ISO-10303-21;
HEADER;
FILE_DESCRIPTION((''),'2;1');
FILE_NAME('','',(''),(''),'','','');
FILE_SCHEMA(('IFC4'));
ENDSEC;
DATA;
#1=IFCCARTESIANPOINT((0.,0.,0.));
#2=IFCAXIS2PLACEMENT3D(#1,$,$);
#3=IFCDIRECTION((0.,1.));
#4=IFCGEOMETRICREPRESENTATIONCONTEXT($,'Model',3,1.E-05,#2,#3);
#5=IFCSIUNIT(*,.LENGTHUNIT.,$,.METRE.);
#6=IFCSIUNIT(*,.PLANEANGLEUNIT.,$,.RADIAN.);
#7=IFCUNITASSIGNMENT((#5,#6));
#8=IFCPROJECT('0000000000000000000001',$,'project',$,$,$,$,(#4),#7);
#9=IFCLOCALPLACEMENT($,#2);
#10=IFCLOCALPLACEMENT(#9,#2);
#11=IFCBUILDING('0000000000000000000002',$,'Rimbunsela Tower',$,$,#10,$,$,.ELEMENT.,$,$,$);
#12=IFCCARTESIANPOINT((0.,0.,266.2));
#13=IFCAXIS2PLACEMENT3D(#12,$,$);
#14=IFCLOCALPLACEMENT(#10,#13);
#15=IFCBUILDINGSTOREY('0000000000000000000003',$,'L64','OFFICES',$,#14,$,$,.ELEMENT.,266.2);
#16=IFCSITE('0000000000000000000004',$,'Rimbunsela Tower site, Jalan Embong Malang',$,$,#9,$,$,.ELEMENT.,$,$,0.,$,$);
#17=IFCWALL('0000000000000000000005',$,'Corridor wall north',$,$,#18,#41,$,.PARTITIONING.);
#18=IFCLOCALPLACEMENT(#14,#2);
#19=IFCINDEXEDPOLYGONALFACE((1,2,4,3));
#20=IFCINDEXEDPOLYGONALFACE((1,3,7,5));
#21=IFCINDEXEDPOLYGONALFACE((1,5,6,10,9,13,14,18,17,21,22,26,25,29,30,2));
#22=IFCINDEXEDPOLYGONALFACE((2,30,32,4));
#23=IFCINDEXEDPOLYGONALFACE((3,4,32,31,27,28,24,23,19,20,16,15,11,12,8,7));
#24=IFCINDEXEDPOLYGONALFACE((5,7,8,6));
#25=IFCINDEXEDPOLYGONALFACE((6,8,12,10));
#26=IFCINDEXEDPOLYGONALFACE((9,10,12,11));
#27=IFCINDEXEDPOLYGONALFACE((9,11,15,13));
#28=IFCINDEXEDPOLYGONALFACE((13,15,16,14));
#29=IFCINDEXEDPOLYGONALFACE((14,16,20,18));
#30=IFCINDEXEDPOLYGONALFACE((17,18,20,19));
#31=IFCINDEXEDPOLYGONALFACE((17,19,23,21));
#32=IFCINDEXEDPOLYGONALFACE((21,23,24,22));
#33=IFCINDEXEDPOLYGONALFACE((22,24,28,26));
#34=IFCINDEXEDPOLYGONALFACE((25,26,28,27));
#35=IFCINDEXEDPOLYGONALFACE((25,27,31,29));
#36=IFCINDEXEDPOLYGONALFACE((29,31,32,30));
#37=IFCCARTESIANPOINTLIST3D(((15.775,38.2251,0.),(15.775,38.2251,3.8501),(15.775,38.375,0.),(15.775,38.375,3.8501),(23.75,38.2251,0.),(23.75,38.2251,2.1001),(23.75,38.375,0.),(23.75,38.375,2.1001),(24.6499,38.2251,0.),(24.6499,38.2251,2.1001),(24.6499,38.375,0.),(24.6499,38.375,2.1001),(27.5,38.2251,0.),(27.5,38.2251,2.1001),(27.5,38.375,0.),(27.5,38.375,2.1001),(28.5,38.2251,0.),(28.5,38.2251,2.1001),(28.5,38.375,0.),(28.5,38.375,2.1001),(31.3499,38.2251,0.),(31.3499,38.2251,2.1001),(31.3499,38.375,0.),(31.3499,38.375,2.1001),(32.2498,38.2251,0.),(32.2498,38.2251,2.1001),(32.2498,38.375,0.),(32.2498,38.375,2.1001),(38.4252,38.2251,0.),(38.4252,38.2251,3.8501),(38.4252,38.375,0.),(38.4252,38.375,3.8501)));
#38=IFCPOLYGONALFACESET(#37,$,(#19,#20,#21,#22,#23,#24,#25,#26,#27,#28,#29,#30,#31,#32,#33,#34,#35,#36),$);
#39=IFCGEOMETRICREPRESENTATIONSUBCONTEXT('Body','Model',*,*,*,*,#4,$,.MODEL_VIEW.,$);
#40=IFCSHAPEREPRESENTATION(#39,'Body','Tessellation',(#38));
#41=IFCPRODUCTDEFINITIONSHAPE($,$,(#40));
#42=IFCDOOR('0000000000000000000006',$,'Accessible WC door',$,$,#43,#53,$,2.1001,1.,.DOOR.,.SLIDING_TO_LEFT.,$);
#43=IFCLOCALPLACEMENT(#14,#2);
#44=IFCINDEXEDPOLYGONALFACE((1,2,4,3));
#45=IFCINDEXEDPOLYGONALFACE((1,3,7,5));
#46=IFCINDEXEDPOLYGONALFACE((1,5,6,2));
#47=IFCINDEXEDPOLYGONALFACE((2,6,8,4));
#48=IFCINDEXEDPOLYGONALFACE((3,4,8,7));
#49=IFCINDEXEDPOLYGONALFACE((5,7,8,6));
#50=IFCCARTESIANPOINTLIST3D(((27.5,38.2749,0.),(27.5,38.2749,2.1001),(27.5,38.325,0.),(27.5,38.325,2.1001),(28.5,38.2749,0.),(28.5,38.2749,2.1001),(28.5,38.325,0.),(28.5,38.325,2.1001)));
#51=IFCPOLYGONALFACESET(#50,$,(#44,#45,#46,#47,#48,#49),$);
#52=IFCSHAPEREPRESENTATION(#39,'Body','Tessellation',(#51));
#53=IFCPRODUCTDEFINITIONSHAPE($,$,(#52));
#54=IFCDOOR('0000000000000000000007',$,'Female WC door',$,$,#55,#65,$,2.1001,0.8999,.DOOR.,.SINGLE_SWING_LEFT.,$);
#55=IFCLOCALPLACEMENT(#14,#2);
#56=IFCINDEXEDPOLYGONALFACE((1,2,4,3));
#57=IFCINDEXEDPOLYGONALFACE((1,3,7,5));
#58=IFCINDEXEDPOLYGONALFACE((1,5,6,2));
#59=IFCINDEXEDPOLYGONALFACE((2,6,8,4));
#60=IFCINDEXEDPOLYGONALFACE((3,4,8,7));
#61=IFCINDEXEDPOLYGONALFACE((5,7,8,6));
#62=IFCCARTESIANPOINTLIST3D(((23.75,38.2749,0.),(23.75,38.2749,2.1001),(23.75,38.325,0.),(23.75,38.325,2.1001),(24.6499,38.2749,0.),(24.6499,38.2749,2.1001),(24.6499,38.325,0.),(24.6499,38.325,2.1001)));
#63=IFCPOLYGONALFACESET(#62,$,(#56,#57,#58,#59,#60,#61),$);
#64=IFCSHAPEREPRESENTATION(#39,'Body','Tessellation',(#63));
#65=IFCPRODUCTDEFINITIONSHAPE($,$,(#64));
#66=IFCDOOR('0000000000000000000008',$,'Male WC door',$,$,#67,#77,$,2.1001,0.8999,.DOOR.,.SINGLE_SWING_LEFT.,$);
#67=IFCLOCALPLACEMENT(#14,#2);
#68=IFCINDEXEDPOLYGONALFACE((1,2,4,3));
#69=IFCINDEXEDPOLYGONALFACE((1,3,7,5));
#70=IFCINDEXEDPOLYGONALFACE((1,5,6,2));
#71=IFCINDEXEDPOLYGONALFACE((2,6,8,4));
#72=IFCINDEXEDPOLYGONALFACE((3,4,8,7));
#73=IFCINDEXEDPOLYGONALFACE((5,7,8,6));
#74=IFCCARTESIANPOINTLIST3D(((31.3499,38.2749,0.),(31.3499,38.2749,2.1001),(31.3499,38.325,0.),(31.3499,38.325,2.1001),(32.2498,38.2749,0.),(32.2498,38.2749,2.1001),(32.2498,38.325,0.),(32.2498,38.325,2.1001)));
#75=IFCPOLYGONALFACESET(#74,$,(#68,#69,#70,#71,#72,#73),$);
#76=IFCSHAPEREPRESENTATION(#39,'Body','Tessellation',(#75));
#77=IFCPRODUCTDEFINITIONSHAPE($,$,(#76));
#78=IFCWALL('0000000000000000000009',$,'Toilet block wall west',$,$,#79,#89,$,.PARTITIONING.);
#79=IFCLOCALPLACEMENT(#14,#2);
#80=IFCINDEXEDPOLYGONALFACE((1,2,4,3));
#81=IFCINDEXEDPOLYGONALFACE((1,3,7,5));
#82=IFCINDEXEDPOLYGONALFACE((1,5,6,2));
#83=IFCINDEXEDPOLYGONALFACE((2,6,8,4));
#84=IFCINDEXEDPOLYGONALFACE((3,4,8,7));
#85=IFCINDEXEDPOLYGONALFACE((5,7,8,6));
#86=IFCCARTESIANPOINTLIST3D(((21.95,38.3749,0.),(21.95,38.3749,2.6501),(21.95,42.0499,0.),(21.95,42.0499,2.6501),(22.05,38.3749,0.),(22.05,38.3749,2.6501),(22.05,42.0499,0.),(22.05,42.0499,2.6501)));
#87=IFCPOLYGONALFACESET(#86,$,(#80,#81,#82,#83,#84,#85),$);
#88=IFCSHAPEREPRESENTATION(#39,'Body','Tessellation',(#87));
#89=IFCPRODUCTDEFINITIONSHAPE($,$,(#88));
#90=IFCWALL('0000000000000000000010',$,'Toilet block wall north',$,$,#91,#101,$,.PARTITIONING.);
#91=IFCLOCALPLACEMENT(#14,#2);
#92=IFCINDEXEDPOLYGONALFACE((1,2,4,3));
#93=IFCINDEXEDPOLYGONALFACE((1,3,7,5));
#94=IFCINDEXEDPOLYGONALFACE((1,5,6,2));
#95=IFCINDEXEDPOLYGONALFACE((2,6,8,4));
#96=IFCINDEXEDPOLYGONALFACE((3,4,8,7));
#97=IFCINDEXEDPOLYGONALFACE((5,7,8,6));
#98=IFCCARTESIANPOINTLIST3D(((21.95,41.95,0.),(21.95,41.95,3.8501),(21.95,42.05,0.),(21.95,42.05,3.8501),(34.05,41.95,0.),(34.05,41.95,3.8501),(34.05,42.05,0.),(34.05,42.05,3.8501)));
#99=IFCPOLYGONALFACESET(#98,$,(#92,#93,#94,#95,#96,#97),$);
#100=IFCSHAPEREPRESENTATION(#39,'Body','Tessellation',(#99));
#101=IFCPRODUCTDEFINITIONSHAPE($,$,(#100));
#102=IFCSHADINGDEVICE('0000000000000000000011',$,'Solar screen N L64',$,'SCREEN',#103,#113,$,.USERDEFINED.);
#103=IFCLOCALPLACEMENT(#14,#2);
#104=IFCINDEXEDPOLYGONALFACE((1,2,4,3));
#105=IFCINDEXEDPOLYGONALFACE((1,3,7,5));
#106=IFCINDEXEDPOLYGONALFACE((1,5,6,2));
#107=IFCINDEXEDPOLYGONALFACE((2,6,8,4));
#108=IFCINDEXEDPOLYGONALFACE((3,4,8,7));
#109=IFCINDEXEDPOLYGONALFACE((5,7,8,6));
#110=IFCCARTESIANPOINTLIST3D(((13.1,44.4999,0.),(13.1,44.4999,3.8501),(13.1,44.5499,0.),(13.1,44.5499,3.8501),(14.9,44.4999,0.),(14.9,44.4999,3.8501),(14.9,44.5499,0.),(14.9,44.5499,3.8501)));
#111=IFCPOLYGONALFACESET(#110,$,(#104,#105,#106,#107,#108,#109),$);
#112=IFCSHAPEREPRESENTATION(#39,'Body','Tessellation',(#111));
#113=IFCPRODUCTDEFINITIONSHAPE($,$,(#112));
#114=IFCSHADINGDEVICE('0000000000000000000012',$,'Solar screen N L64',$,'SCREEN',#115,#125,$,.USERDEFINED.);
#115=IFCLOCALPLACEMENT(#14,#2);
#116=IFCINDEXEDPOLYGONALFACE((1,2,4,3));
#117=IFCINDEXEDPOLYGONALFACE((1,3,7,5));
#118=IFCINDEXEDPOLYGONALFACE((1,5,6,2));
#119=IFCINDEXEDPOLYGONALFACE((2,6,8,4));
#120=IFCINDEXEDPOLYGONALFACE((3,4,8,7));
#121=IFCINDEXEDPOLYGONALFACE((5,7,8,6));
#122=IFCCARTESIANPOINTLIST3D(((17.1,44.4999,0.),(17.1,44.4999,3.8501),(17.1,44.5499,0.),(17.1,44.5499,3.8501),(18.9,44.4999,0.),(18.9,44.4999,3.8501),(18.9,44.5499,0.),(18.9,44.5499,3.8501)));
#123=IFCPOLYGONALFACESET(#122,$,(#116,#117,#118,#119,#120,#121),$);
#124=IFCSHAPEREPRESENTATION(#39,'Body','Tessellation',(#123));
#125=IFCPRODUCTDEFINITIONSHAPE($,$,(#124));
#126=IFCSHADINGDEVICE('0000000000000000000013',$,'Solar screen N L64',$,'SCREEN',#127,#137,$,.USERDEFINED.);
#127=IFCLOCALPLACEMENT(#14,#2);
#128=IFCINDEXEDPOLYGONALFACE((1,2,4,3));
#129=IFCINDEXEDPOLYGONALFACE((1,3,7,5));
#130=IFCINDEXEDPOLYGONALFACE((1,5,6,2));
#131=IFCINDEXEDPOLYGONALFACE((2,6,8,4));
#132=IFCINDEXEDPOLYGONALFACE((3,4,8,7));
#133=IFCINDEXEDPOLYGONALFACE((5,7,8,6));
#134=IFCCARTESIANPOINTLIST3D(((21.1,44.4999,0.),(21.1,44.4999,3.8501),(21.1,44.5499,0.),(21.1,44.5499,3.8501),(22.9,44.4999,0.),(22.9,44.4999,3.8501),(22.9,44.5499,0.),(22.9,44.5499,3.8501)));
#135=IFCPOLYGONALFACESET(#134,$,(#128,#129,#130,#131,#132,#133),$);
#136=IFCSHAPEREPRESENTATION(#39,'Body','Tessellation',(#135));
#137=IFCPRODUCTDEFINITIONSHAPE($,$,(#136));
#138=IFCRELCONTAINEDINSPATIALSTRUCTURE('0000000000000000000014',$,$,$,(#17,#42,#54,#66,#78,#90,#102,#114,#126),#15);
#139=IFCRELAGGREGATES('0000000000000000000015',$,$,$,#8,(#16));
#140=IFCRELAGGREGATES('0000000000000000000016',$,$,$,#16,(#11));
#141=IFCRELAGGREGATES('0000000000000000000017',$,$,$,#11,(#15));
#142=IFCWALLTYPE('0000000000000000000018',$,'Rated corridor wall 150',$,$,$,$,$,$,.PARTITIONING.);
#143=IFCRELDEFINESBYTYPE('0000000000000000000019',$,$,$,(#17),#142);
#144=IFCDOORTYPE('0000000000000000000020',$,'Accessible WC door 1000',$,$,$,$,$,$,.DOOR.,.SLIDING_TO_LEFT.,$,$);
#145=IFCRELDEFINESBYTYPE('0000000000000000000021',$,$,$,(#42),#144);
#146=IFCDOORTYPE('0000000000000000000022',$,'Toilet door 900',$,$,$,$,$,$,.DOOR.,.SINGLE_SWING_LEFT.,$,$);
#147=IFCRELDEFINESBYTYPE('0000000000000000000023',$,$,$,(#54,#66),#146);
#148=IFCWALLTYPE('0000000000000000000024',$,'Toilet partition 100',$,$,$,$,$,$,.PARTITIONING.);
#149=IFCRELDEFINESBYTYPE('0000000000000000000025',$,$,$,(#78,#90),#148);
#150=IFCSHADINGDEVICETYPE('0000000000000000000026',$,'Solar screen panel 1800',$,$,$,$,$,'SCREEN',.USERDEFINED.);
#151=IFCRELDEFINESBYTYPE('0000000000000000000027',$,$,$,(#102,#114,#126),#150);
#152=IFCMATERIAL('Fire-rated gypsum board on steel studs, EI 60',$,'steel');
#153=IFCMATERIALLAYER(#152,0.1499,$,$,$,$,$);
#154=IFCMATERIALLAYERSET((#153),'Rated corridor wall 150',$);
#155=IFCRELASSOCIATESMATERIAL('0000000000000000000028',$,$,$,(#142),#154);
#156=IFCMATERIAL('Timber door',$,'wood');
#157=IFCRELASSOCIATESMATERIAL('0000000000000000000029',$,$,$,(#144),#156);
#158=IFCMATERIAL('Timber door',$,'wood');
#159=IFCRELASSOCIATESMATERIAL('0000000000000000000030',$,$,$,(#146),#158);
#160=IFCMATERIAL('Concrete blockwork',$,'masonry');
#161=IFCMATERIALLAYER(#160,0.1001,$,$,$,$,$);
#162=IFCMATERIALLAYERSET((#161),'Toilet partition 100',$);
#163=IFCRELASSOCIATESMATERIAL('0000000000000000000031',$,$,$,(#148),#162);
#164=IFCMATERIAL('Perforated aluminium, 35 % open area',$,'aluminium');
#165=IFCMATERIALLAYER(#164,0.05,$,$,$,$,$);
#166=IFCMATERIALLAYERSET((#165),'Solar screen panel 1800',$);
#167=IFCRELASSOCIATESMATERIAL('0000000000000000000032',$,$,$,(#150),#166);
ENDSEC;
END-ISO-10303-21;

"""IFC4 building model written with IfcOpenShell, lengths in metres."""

from ifc_helpers import new_model, si_unit, direction, frame, frame_2d, origin, origin_2d, place, context, subcontext, project, spatial, rectangle, extrude, material, layer, layer_set, type_object, element, fill, save


model = new_model("IFC4")

# Units and contexts
model_context = context("Model", 3, precision=1e-05, world=origin(), true_north=direction((0.0, 1.0)))
body_context = subcontext(model_context, "Body", "Model", "MODEL_VIEW")
ifc_project = project(units=[si_unit("LENGTHUNIT", "METRE"), si_unit("PLANEANGLEUNIT", "RADIAN")], contexts=[model_context])

# Site, building, storey
site_placement = place(None, origin())
site = spatial("IfcSite", under=ifc_project, at=site_placement, Name="Rimbunsela Tower site, Jalan Embong Malang", CompositionType="ELEMENT", RefElevation=0.0)
building_placement = place(site_placement, origin())
building = spatial("IfcBuilding", under=site, at=building_placement, Name="Rimbunsela Tower", CompositionType="ELEMENT")
storey_placement = place(building_placement, frame((0.0, 0.0, 266.2)))
storey = spatial("IfcBuildingStorey", under=building, at=storey_placement, Name="L64", Description="OFFICES", CompositionType="ELEMENT", Elevation=266.2)

# Wall, openings, doors
ifc_material_1 = material(Name="Fire-rated gypsum board on steel studs, EI 60", Category="steel")
ifc_layer_1 = layer(ifc_material_1, 0.1499)
ifc_layer_set_1 = layer_set([ifc_layer_1], Name="Rated corridor wall 150")
wall_type_1 = type_object("IfcWallType", Name="Rated corridor wall 150", PredefinedType="PARTITIONING", material=ifc_layer_set_1)
wall_1_placement = place(storey_placement, frame((15.7749, 38.3, 0.0), z_axis=(0.0, 0.0, 1.0), x_axis=(1.0, 0.0, 0.0)))
wall_1 = element("IfcWall", 1, at=wall_1_placement, inside=storey, type_object=wall_type_1, Name="Corridor wall north", PredefinedType="PARTITIONING", context=body_context, shape_type="SweptSolid", body=[
    extrude(rectangle(XDim=22.6501, YDim=0.1499, at=frame_2d((11.3252, 0.0))), origin(), (0.0, 0.0, 1.0), 3.8501),
])
opening_1_placement = place(wall_1_placement, frame((7.9751, 0.0, 0.0)))
opening_1 = element("IfcOpeningElement", 2, at=opening_1_placement, cuts=wall_1, PredefinedType="OPENING", context=body_context, shape_type="SweptSolid", body=[
    extrude(rectangle(XDim=0.8999, YDim=2.1001, at=frame_2d((0.45, 1.05))), frame((0.0, 0.085, 0.0), z_axis=(0.0, -1.0, 0.0), x_axis=(1.0, 0.0, 0.0)), (0.0, 0.0, 1.0), 0.1699),
])
opening_2_placement = place(wall_1_placement, frame((11.7251, 0.0, 0.0)))
opening_2 = element("IfcOpeningElement", 3, at=opening_2_placement, cuts=wall_1, PredefinedType="OPENING", context=body_context, shape_type="SweptSolid", body=[
    extrude(rectangle(XDim=1.0, YDim=2.1001, at=frame_2d((0.5, 1.05))), frame((0.0, 0.085, 0.0), z_axis=(0.0, -1.0, 0.0), x_axis=(1.0, 0.0, 0.0)), (0.0, 0.0, 1.0), 0.1699),
])
opening_3_placement = place(wall_1_placement, frame((15.575, 0.0, 0.0)))
opening_3 = element("IfcOpeningElement", 4, at=opening_3_placement, cuts=wall_1, PredefinedType="OPENING", context=body_context, shape_type="SweptSolid", body=[
    extrude(rectangle(XDim=0.8999, YDim=2.1001, at=frame_2d((0.45, 1.05))), frame((0.0, 0.085, 0.0), z_axis=(0.0, -1.0, 0.0), x_axis=(1.0, 0.0, 0.0)), (0.0, 0.0, 1.0), 0.1699),
])
ifc_material_2 = material(Name="Timber door", Category="wood")
door_type_1 = type_object("IfcDoorType", Name="Accessible WC door 1000", OperationType="SLIDING_TO_LEFT", PredefinedType="DOOR", material=ifc_material_2)
door_1_placement = place(opening_2_placement, origin())
door_1 = element("IfcDoor", 5, at=door_1_placement, inside=storey, type_object=door_type_1, Name="Accessible WC door", OperationType="SLIDING_TO_LEFT", OverallHeight=2.1001, OverallWidth=1.0, PredefinedType="DOOR", context=body_context, shape_type="SweptSolid", body=[
    extrude(rectangle(XDim=1.0, YDim=2.1001, at=frame_2d((0.5, 1.05))), frame((0.0, 0.0249, 0.0), z_axis=(0.0, -1.0, 0.0), x_axis=(1.0, 0.0, 0.0)), (0.0, 0.0, 1.0), 0.05),
])
fill(opening_2, door_1)
ifc_material_3 = material(Name="Timber door", Category="wood")
door_type_2 = type_object("IfcDoorType", Name="Toilet door 900", OperationType="SINGLE_SWING_LEFT", PredefinedType="DOOR", material=ifc_material_3)
door_2_placement = place(opening_1_placement, origin())
door_2 = element("IfcDoor", 6, at=door_2_placement, inside=storey, type_object=door_type_2, Name="Female WC door", OperationType="SINGLE_SWING_LEFT", OverallHeight=2.1001, OverallWidth=0.8999, PredefinedType="DOOR", context=body_context, shape_type="SweptSolid", body=[
    extrude(rectangle(XDim=0.8999, YDim=2.1001, at=frame_2d((0.45, 1.05))), frame((0.0, 0.0249, 0.0), z_axis=(0.0, -1.0, 0.0), x_axis=(1.0, 0.0, 0.0)), (0.0, 0.0, 1.0), 0.05),
])
fill(opening_1, door_2)
door_3_placement = place(opening_3_placement, origin())
door_3 = element("IfcDoor", 7, at=door_3_placement, inside=storey, type_object=door_type_2, Name="Male WC door", OperationType="SINGLE_SWING_LEFT", OverallHeight=2.1001, OverallWidth=0.8999, PredefinedType="DOOR", context=body_context, shape_type="SweptSolid", body=[
    extrude(rectangle(XDim=0.8999, YDim=2.1001, at=frame_2d((0.45, 1.05))), frame((0.0, 0.0249, 0.0), z_axis=(0.0, -1.0, 0.0), x_axis=(1.0, 0.0, 0.0)), (0.0, 0.0, 1.0), 0.05),
])
fill(opening_3, door_3)

# Walls
ifc_material_4 = material(Name="Concrete blockwork", Category="masonry")
ifc_layer_2 = layer(ifc_material_4, 0.1001)
ifc_layer_set_2 = layer_set([ifc_layer_2], Name="Toilet partition 100")
wall_type_2 = type_object("IfcWallType", Name="Toilet partition 100", PredefinedType="PARTITIONING", material=ifc_layer_set_2)
wall_2_placement = place(storey_placement, frame((22.0, 38.375, 0.0), z_axis=(0.0, 0.0, 1.0), x_axis=(0.0, 1.0, 0.0)))
element("IfcWall", 8, at=wall_2_placement, inside=storey, type_object=wall_type_2, Name="Toilet block wall west", PredefinedType="PARTITIONING", context=body_context, shape_type="SweptSolid", body=[
    extrude(rectangle(XDim=3.675, YDim=0.1001, at=frame_2d((1.8374, 0.0))), origin(), (0.0, 0.0, 1.0), 2.6501),
])
wall_3_placement = place(storey_placement, frame((21.95, 42.0, 0.0), z_axis=(0.0, 0.0, 1.0), x_axis=(1.0, 0.0, 0.0)))
element("IfcWall", 9, at=wall_3_placement, inside=storey, type_object=wall_type_2, Name="Toilet block wall north", PredefinedType="PARTITIONING", context=body_context, shape_type="SweptSolid", body=[
    extrude(rectangle(XDim=12.1001, YDim=0.1001, at=frame_2d((6.05, 0.0))), origin(), (0.0, 0.0, 1.0), 3.8501),
])

# Shading devices
ifc_material_5 = material(Name="Perforated aluminium, 35 % open area", Category="aluminium")
ifc_layer_3 = layer(ifc_material_5, 0.05)
ifc_layer_set_3 = layer_set([ifc_layer_3], Name="Solar screen panel 1800")
shading_device_type = type_object("IfcShadingDeviceType", Name="Solar screen panel 1800", ElementType="SCREEN", PredefinedType="USERDEFINED", material=ifc_layer_set_3)
for number, where, z_axis, x_axis, name in (
    (10, (14.0, 44.5249, 0.0), (0.0, 0.0, 1.0), (1.0, 0.0, 0.0), "Solar screen N L64"),
    (11, (18.0, 44.5249, 0.0), (0.0, 0.0, 1.0), (1.0, 0.0, 0.0), "Solar screen N L64"),
    (12, (22.0, 44.5249, 0.0), (0.0, 0.0, 1.0), (1.0, 0.0, 0.0), "Solar screen N L64"),
):
    element("IfcShadingDevice", number, at=place(storey_placement, frame(where, z_axis=z_axis, x_axis=x_axis)), inside=storey, type_object=shading_device_type, Name=name, ObjectType="SCREEN", PredefinedType="USERDEFINED", context=body_context, shape_type="SweptSolid", body=[
        extrude(rectangle(XDim=1.8, YDim=0.05, at=origin_2d()), origin(), (0.0, 0.0, 1.0), 3.8501),
    ])

save(model, "model.ifc")
